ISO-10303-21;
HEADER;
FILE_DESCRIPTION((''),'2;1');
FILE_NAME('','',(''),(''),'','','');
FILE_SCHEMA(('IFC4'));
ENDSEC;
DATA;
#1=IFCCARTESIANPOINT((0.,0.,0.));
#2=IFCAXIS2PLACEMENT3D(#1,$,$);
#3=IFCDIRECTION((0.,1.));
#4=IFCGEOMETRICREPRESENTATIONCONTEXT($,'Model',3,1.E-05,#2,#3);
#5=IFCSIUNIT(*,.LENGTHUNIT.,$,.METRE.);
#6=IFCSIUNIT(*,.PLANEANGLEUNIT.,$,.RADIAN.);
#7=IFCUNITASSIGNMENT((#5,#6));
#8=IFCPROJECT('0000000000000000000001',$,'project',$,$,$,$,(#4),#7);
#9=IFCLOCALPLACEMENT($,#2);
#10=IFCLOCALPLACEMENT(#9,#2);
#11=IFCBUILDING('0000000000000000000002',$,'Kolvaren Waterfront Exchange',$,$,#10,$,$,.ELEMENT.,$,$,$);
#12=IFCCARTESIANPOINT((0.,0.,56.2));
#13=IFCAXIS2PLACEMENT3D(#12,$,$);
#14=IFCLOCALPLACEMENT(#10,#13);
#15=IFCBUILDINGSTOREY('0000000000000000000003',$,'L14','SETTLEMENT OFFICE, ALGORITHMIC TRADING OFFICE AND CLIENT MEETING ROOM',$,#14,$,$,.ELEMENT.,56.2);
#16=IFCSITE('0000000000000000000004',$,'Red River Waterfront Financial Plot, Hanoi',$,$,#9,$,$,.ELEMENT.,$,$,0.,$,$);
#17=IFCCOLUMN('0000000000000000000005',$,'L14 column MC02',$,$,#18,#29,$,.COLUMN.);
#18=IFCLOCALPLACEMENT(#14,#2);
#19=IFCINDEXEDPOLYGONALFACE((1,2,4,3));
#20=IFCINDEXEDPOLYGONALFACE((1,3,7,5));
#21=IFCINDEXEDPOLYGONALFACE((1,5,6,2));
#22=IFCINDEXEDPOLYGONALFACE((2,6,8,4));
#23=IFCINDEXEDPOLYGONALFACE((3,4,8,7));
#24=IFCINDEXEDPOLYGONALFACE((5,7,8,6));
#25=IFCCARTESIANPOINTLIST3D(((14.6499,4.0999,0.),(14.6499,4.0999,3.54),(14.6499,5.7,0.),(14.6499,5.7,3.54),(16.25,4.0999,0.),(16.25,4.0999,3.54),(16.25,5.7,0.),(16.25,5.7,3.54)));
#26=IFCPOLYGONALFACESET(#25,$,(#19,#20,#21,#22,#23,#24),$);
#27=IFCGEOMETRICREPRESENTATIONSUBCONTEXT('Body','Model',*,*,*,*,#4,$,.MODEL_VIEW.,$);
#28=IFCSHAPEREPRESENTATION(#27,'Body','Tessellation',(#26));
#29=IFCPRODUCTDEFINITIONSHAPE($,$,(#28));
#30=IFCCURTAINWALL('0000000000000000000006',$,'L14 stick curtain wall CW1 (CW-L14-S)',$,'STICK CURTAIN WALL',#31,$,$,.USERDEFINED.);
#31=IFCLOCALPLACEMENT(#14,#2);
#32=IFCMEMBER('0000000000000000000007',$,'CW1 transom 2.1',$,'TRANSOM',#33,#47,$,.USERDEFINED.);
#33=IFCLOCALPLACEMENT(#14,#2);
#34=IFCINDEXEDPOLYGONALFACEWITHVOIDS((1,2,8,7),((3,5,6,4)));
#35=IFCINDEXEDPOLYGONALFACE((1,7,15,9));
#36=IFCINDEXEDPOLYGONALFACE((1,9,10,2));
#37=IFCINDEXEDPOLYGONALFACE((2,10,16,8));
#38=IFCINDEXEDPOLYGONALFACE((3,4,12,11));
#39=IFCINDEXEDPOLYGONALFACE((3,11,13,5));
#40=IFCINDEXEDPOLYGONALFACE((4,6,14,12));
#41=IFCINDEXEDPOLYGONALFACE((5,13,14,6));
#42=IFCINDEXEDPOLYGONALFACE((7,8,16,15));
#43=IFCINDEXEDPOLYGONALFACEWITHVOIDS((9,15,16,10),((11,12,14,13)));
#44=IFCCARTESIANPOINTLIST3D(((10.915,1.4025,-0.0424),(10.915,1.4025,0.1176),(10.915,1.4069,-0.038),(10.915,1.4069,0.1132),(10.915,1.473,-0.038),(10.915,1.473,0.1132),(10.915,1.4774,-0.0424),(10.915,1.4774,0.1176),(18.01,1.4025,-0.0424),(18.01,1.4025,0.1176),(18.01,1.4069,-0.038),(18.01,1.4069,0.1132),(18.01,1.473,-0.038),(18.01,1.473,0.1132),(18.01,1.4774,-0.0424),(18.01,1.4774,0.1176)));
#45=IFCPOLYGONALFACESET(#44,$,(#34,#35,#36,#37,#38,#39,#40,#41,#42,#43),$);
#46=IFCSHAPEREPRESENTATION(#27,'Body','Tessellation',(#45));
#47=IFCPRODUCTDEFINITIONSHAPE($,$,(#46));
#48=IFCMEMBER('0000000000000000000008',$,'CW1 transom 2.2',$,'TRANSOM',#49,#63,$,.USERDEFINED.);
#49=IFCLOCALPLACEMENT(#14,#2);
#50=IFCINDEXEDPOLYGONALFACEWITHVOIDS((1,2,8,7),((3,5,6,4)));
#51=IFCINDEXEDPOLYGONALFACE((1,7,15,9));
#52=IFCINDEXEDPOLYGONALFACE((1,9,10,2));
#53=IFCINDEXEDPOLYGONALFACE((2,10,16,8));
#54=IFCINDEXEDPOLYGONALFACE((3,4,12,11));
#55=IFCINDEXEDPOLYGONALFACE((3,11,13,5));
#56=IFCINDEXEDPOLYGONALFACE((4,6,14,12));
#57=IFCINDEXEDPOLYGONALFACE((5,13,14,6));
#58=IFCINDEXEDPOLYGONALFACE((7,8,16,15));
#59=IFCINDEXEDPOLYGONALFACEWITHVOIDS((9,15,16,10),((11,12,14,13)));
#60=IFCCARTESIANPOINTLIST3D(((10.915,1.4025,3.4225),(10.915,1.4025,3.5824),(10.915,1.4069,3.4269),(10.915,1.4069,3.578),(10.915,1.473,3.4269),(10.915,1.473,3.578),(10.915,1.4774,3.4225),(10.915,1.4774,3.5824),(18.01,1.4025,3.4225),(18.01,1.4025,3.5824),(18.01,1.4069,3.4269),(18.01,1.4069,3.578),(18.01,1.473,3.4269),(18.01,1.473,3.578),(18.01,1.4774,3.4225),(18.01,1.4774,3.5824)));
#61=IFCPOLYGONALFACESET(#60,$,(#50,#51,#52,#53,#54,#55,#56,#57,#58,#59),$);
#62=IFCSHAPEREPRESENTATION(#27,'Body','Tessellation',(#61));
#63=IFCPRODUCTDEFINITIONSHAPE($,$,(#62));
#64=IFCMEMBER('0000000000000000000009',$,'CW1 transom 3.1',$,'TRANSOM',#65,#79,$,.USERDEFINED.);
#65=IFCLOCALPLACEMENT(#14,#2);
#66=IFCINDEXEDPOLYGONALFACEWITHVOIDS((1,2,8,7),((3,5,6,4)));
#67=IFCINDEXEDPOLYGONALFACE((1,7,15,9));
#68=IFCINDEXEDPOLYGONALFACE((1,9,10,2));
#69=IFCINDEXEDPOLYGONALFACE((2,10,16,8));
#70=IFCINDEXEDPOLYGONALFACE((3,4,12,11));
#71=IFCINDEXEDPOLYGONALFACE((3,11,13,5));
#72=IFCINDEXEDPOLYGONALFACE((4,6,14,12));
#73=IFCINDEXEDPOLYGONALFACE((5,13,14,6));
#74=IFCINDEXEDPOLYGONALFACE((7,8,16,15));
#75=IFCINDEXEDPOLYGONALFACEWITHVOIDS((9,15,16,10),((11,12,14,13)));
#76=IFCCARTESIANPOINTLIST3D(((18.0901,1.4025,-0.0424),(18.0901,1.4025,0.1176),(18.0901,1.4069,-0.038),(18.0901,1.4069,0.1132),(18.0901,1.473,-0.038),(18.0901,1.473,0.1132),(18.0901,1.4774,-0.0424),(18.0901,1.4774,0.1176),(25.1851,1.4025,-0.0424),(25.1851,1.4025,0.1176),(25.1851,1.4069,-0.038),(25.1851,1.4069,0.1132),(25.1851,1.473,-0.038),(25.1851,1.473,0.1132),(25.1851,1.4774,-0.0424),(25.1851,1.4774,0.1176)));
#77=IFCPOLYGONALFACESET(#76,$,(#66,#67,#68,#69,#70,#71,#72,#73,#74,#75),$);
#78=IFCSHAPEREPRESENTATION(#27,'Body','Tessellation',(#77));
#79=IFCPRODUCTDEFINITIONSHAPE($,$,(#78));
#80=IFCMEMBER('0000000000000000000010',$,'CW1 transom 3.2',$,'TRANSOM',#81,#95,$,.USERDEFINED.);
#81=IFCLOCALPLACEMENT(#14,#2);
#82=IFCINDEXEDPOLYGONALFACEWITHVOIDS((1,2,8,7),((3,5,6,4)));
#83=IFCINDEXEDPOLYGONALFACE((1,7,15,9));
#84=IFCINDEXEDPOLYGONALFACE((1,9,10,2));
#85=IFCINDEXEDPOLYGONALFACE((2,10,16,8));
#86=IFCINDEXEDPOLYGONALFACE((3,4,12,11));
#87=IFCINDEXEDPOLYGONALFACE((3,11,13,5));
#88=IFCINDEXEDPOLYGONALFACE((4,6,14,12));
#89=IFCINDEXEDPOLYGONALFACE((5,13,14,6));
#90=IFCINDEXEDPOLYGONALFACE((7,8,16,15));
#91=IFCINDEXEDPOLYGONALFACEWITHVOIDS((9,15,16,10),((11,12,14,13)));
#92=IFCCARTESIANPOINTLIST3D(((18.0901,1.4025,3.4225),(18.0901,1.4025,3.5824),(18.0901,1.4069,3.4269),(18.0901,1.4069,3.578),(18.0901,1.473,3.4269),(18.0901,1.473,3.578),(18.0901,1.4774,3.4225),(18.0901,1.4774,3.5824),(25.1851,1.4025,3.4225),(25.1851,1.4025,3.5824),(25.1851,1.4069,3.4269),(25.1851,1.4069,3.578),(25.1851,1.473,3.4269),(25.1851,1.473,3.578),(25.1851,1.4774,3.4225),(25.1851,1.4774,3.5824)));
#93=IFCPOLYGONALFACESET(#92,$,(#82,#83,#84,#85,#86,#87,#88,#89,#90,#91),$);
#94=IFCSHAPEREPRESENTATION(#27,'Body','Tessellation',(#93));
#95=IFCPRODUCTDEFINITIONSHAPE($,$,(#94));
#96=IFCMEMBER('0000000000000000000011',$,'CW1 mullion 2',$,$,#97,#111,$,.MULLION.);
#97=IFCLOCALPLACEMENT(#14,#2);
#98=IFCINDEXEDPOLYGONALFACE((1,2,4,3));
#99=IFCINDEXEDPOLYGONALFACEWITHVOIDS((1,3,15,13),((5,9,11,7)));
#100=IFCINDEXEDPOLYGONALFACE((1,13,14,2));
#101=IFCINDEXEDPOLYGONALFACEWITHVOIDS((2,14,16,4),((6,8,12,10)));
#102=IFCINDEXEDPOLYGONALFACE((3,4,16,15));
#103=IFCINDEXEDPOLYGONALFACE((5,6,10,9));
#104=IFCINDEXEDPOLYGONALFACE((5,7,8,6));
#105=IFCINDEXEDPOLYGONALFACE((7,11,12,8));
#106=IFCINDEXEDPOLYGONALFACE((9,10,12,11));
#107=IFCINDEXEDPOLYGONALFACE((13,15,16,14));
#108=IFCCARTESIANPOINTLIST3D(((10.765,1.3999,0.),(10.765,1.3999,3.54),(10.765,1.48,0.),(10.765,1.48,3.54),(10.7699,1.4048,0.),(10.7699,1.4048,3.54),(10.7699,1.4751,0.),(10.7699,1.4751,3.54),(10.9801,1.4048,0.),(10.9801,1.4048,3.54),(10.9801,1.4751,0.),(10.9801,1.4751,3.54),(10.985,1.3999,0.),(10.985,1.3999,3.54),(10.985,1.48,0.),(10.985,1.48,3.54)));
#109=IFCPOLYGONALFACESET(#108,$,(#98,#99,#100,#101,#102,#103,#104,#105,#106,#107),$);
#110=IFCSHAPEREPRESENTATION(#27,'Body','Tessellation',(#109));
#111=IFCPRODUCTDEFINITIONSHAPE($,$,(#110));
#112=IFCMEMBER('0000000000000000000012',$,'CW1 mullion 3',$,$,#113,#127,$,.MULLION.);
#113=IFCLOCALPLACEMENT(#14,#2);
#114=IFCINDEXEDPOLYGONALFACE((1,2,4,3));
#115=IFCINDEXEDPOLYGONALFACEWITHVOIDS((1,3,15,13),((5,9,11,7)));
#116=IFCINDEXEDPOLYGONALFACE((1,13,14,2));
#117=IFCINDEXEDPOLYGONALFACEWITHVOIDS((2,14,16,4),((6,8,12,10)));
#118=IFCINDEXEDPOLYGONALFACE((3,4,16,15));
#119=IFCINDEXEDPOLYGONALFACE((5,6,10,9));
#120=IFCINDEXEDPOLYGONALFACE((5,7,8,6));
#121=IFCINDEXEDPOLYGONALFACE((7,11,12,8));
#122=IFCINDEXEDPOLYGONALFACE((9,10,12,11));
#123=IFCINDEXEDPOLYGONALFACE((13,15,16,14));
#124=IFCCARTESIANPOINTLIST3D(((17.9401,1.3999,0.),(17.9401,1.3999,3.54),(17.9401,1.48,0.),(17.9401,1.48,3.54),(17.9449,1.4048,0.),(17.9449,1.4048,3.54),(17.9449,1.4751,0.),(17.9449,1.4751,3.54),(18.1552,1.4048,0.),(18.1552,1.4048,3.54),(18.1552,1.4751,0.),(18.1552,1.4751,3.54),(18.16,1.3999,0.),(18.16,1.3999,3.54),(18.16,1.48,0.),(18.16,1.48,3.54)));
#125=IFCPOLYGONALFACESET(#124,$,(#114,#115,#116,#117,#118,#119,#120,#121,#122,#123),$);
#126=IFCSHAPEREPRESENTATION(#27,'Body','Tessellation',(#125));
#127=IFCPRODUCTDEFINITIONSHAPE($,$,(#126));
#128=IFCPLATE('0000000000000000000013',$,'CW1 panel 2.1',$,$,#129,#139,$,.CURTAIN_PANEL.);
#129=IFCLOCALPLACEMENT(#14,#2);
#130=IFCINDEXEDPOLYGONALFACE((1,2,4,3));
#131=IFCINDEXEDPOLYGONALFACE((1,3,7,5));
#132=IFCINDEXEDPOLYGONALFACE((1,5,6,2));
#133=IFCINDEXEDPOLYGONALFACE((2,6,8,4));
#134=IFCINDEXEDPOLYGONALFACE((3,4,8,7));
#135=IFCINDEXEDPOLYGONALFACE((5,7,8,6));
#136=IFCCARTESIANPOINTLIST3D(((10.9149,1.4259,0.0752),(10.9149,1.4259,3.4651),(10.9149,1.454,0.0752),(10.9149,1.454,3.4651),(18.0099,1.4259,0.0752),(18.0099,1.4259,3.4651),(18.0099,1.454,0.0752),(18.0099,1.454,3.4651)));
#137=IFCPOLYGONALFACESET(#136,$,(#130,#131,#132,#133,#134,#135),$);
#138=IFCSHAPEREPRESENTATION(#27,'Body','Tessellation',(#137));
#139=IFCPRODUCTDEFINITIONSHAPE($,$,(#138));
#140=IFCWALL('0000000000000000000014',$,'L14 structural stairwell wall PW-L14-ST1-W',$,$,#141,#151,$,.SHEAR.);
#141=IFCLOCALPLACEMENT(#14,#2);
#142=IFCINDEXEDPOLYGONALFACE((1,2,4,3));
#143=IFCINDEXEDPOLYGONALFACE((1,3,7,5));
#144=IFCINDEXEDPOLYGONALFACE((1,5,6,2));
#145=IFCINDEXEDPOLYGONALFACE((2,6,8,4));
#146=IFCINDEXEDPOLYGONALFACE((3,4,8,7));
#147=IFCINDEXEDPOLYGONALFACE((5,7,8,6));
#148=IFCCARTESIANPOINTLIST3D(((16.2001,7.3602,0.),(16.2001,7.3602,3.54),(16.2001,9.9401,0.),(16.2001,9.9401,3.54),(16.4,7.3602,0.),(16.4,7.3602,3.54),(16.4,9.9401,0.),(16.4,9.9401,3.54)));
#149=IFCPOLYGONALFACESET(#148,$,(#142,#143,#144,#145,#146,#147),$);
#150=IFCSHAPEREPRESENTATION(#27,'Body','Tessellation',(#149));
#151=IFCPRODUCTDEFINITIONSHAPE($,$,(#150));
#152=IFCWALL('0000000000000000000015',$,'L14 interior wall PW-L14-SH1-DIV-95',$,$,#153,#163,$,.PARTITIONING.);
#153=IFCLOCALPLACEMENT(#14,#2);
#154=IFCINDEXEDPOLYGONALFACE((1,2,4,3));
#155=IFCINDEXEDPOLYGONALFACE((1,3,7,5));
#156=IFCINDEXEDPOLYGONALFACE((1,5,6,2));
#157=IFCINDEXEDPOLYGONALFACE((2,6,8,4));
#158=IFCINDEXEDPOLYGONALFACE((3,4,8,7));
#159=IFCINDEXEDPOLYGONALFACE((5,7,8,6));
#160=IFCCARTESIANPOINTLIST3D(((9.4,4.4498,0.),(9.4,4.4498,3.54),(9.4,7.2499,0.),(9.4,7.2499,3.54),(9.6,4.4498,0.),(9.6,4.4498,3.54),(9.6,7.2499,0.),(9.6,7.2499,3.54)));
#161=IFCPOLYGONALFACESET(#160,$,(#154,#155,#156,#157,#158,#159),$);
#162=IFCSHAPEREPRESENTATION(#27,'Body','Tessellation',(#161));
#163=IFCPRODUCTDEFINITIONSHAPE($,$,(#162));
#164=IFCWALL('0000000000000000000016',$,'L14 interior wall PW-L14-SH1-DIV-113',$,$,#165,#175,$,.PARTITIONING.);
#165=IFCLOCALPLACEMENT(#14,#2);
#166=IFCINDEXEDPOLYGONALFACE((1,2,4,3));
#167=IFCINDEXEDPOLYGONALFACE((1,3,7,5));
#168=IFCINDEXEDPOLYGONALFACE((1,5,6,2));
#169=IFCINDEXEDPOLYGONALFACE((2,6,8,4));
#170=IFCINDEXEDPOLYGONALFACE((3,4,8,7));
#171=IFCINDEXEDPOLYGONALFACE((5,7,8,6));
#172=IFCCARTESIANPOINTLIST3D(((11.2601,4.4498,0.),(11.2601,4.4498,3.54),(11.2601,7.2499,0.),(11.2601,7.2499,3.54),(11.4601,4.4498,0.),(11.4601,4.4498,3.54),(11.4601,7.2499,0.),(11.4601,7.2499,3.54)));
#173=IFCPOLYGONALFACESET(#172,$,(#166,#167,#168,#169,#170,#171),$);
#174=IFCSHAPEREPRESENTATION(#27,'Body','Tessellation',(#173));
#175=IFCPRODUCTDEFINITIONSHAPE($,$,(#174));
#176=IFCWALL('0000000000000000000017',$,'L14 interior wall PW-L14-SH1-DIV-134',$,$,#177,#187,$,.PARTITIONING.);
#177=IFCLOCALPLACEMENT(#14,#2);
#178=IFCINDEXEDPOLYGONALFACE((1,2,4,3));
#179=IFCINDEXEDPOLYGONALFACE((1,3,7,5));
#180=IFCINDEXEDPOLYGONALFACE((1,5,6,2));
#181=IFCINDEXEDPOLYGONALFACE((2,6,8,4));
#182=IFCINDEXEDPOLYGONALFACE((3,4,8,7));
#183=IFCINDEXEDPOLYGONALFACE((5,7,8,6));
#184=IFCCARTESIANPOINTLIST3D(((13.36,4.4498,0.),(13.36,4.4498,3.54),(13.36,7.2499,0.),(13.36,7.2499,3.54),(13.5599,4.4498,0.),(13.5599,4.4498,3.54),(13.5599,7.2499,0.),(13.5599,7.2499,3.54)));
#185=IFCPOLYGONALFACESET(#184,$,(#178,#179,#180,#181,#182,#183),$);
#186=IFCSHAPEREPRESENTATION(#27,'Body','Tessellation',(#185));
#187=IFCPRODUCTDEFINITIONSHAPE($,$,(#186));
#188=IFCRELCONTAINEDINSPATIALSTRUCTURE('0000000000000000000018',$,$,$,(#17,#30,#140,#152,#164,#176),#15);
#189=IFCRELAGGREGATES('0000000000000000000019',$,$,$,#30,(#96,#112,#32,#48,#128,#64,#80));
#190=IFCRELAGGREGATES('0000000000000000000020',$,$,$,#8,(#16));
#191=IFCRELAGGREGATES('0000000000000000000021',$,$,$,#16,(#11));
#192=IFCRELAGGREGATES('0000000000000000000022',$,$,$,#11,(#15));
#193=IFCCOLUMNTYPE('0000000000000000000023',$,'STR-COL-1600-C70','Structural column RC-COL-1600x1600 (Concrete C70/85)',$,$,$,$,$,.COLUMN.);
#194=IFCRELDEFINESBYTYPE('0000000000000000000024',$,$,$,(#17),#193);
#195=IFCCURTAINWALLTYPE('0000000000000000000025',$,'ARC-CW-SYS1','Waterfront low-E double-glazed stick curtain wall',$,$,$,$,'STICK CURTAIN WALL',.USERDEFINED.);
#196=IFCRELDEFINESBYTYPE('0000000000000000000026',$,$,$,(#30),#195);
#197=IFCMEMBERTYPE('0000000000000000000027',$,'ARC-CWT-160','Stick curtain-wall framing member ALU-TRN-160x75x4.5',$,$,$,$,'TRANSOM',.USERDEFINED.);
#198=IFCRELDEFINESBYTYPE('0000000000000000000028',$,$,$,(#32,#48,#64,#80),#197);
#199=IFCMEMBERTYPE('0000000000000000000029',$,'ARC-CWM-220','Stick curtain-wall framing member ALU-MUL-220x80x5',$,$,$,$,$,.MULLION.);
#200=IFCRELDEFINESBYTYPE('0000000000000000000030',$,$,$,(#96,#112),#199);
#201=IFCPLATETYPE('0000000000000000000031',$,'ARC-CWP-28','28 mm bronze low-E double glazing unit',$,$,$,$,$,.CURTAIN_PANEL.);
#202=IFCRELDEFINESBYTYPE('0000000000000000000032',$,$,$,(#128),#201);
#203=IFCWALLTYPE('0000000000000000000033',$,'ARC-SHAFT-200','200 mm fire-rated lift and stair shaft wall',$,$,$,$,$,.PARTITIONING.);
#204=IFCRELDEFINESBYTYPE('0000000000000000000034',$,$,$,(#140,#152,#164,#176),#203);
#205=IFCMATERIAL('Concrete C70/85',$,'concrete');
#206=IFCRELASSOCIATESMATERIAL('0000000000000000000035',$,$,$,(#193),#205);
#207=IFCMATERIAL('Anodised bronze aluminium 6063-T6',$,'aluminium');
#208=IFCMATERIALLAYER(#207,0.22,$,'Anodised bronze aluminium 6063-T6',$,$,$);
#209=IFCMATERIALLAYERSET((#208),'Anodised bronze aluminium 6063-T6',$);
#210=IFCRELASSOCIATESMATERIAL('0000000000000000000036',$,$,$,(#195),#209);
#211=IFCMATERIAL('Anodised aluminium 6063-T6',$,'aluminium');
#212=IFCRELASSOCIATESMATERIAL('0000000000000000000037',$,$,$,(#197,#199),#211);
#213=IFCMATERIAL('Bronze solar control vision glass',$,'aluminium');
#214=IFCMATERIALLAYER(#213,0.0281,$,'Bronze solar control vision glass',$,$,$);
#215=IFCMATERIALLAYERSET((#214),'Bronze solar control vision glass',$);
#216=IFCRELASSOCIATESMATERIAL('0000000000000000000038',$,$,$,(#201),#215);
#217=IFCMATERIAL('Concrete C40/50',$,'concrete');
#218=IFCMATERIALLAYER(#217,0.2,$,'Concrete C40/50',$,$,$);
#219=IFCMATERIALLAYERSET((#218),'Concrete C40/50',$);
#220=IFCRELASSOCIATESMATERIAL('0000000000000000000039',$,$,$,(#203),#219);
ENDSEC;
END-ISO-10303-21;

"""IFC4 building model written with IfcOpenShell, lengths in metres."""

from ifc_helpers import new_model, si_unit, direction, frame, frame_2d, origin, origin_with_axes, origin_2d, place, context, subcontext, project, spatial, rectangle, hollow_rectangle, extrude, source, transform, mapped, material, layer, layer_set, material_profile, profile_set, type_object, element, aggregate, save


model = new_model("IFC4")

# Units and contexts
model_context = context("Model", 3, precision=1e-05, world=origin(), true_north=direction((0.0, 1.0)))
body_context = subcontext(model_context, "Body", "Model", "MODEL_VIEW")
ifc_project = project(units=[si_unit("LENGTHUNIT", "METRE"), si_unit("PLANEANGLEUNIT", "RADIAN")], contexts=[model_context])

# Site, building, storey
site_placement = place(None, origin())
site = spatial("IfcSite", under=ifc_project, at=site_placement, Name="Red River Waterfront Financial Plot, Hanoi", CompositionType="ELEMENT", RefElevation=0.0)
building_placement = place(site_placement, origin())
building = spatial("IfcBuilding", under=site, at=building_placement, Name="Kolvaren Waterfront Exchange", CompositionType="ELEMENT")
storey_placement = place(building_placement, frame((0.0, 0.0, 56.2)))
storey = spatial("IfcBuildingStorey", under=building, at=storey_placement, Name="L14", Description="SETTLEMENT OFFICE, ALGORITHMIC TRADING OFFICE AND CLIENT MEETING ROOM", CompositionType="ELEMENT", Elevation=56.2)

# Column
ifc_material_1 = material(Name="Concrete C70/85", Category="concrete")
ifc_material_profile_1 = material_profile(ifc_material_1, rectangle(XDim=1.6001, YDim=1.6001, at=origin_2d()), Name="RC-COL-1600x1600")
ifc_profile_set_1 = profile_set([ifc_material_profile_1], Name="Concrete C70/85")
column_type = type_object("IfcColumnType", Name="STR-COL-1600-C70", Description="Structural column RC-COL-1600x1600 (Concrete C70/85)", PredefinedType="COLUMN", material=ifc_profile_set_1)
column_placement = place(storey_placement, frame((15.45, 4.8999, 0.0), z_axis=(0.0, 0.0, 1.0), x_axis=(1.0, 0.0, 0.0)))
element("IfcColumn", 1, at=column_placement, inside=storey, type_object=column_type, Name="L14 column MC02", PredefinedType="COLUMN", context=body_context, shape_type="SweptSolid", body=[
    extrude(rectangle(XDim=1.6001, YDim=1.6001, at=origin_2d()), origin(), (0.0, 0.0, 1.0), 3.54),
])

# Curtain wall, members, plate
ifc_material_2 = material(Name="Anodised bronze aluminium 6063-T6", Category="aluminium")
ifc_layer_1 = layer(ifc_material_2, 0.22, Name="Anodised bronze aluminium 6063-T6")
ifc_layer_set_1 = layer_set([ifc_layer_1], Name="Anodised bronze aluminium 6063-T6")
curtain_wall_type = type_object("IfcCurtainWallType", Name="ARC-CW-SYS1", Description="Waterfront low-E double-glazed stick curtain wall", ElementType="STICK CURTAIN WALL", PredefinedType="USERDEFINED", material=ifc_layer_set_1)
curtain_wall_placement = place(storey_placement, origin())
curtain_wall = element("IfcCurtainWall", 2, at=curtain_wall_placement, inside=storey, type_object=curtain_wall_type, Name="L14 stick curtain wall CW1 (CW-L14-S)", ObjectType="STICK CURTAIN WALL", PredefinedType="USERDEFINED")
ifc_material_3 = material(Name="Anodised aluminium 6063-T6", Category="aluminium")
ifc_material_profile_2 = material_profile(ifc_material_3, hollow_rectangle(XDim=0.075, YDim=0.1599, WallThickness=0.0044, at=origin_2d()), Name="ALU-TRN-160x75x4.5")
ifc_profile_set_2 = profile_set([ifc_material_profile_2], Name="Anodised aluminium 6063-T6")
member_type_1 = type_object("IfcMemberType", Name="ARC-CWT-160", Description="Stick curtain-wall framing member ALU-TRN-160x75x4.5", ElementType="TRANSOM", PredefinedType="USERDEFINED", material=ifc_profile_set_2)
shared_shape_1 = source(origin_with_axes(), body_context, "Body", "SweptSolid", [
    extrude(hollow_rectangle(XDim=0.075, YDim=0.1599, WallThickness=0.0044, at=origin_2d()), origin(), (0.0, 0.0, 1.0), 7.095),
])
member_1_placement = place(storey_placement, frame((10.915, 1.4399, 0.0376), z_axis=(1.0, 0.0, 0.0), x_axis=(0.0, 1.0, 0.0)))
member_1 = element("IfcMember", 3, at=member_1_placement, type_object=member_type_1, Name="CW1 transom 2.1", ObjectType="TRANSOM", PredefinedType="USERDEFINED", context=body_context, shape_type="MappedRepresentation", body=[
    mapped(shared_shape_1, transform((0.0, 0.0, 0.0), x_axis=(1.0, 0.0, 0.0), y_axis=(0.0, 1.0, 0.0), z_axis=(0.0, 0.0, 1.0), scale=1.0)),
])
member_2_placement = place(storey_placement, frame((10.915, 1.4399, 3.5024), z_axis=(1.0, 0.0, 0.0), x_axis=(0.0, 1.0, 0.0)))
member_2 = element("IfcMember", 4, at=member_2_placement, type_object=member_type_1, Name="CW1 transom 2.2", ObjectType="TRANSOM", PredefinedType="USERDEFINED", context=body_context, shape_type="MappedRepresentation", body=[
    mapped(shared_shape_1, transform((0.0, 0.0, 0.0), x_axis=(1.0, 0.0, 0.0), y_axis=(0.0, 1.0, 0.0), z_axis=(0.0, 0.0, 1.0), scale=1.0)),
])
member_3_placement = place(storey_placement, frame((18.0901, 1.4399, 0.0376), z_axis=(1.0, 0.0, 0.0), x_axis=(0.0, 1.0, 0.0)))
member_3 = element("IfcMember", 5, at=member_3_placement, type_object=member_type_1, Name="CW1 transom 3.1", ObjectType="TRANSOM", PredefinedType="USERDEFINED", context=body_context, shape_type="MappedRepresentation", body=[
    mapped(shared_shape_1, transform((0.0, 0.0, 0.0), x_axis=(1.0, 0.0, 0.0), y_axis=(0.0, 1.0, 0.0), z_axis=(0.0, 0.0, 1.0), scale=1.0)),
])
member_4_placement = place(storey_placement, frame((18.0901, 1.4399, 3.5024), z_axis=(1.0, 0.0, 0.0), x_axis=(0.0, 1.0, 0.0)))
member_4 = element("IfcMember", 6, at=member_4_placement, type_object=member_type_1, Name="CW1 transom 3.2", ObjectType="TRANSOM", PredefinedType="USERDEFINED", context=body_context, shape_type="MappedRepresentation", body=[
    mapped(shared_shape_1, transform((0.0, 0.0, 0.0), x_axis=(1.0, 0.0, 0.0), y_axis=(0.0, 1.0, 0.0), z_axis=(0.0, 0.0, 1.0), scale=1.0)),
])
ifc_material_profile_3 = material_profile(ifc_material_3, hollow_rectangle(XDim=0.0801, YDim=0.22, WallThickness=0.0049, at=origin_2d()), Name="ALU-MUL-220x80x5")
ifc_profile_set_3 = profile_set([ifc_material_profile_3], Name="Anodised aluminium 6063-T6")
member_type_2 = type_object("IfcMemberType", Name="ARC-CWM-220", Description="Stick curtain-wall framing member ALU-MUL-220x80x5", PredefinedType="MULLION", material=ifc_profile_set_3)
shared_shape_2 = source(origin_with_axes(), body_context, "Body", "SweptSolid", [
    extrude(hollow_rectangle(XDim=0.0801, YDim=0.22, WallThickness=0.0049, at=origin_2d()), origin(), (0.0, 0.0, 1.0), 3.54),
])
member_5_placement = place(storey_placement, frame((10.875, 1.4399, 0.0), z_axis=(0.0, 0.0, 1.0), x_axis=(0.0, 1.0, 0.0)))
member_5 = element("IfcMember", 7, at=member_5_placement, type_object=member_type_2, Name="CW1 mullion 2", PredefinedType="MULLION", context=body_context, shape_type="MappedRepresentation", body=[
    mapped(shared_shape_2, transform((0.0, 0.0, 0.0), x_axis=(1.0, 0.0, 0.0), y_axis=(0.0, 1.0, 0.0), z_axis=(0.0, 0.0, 1.0), scale=1.0)),
])
member_6_placement = place(storey_placement, frame((18.05, 1.4399, 0.0), z_axis=(0.0, 0.0, 1.0), x_axis=(0.0, 1.0, 0.0)))
member_6 = element("IfcMember", 8, at=member_6_placement, type_object=member_type_2, Name="CW1 mullion 3", PredefinedType="MULLION", context=body_context, shape_type="MappedRepresentation", body=[
    mapped(shared_shape_2, transform((0.0, 0.0, 0.0), x_axis=(1.0, 0.0, 0.0), y_axis=(0.0, 1.0, 0.0), z_axis=(0.0, 0.0, 1.0), scale=1.0)),
])
ifc_material_4 = material(Name="Bronze solar control vision glass", Category="aluminium")
ifc_layer_2 = layer(ifc_material_4, 0.0281, Name="Bronze solar control vision glass")
ifc_layer_set_2 = layer_set([ifc_layer_2], Name="Bronze solar control vision glass")
plate_type = type_object("IfcPlateType", Name="ARC-CWP-28", Description="28 mm bronze low-E double glazing unit", PredefinedType="CURTAIN_PANEL", material=ifc_layer_set_2)
shared_shape_3 = source(origin_with_axes(), body_context, "Body", "SweptSolid", [
    extrude(rectangle(XDim=7.095, YDim=0.0281, at=origin_2d()), origin(), (0.0, 0.0, 1.0), 3.3899),
])
plate_placement = place(storey_placement, frame((14.4624, 1.4399, 0.0752), z_axis=(0.0, 0.0, 1.0), x_axis=(1.0, 0.0, 0.0)))
plate = element("IfcPlate", 9, at=plate_placement, type_object=plate_type, Name="CW1 panel 2.1", PredefinedType="CURTAIN_PANEL", context=body_context, shape_type="MappedRepresentation", body=[
    mapped(shared_shape_3, transform((0.0, 0.0, 0.0), x_axis=(1.0, 0.0, 0.0), y_axis=(0.0, 1.0, 0.0), z_axis=(0.0, 0.0, 1.0), scale=1.0)),
])
aggregate(curtain_wall, [member_5, member_6, member_1, member_2, plate, member_3, member_4])

# Walls
ifc_material_5 = material(Name="Concrete C40/50", Category="concrete")
ifc_layer_3 = layer(ifc_material_5, 0.2, Name="Concrete C40/50")
ifc_layer_set_3 = layer_set([ifc_layer_3], Name="Concrete C40/50")
wall_type_1 = type_object("IfcWallType", Name="ARC-SHAFT-200", Description="200 mm fire-rated lift and stair shaft wall", PredefinedType="PARTITIONING", material=ifc_layer_set_3)
wall_1_placement = place(storey_placement, frame((16.3, 7.3601, 0.0), z_axis=(0.0, 0.0, 1.0), x_axis=(0.0, 1.0, 0.0)))
element("IfcWall", 10, at=wall_1_placement, inside=storey, type_object=wall_type_1, Name="L14 structural stairwell wall PW-L14-ST1-W", PredefinedType="SHEAR", context=body_context, shape_type="SweptSolid", body=[
    extrude(rectangle(XDim=2.5798, YDim=0.2, at=frame_2d((1.29, 0.0))), origin(), (0.0, 0.0, 1.0), 3.54),
])
for number, where, z_axis, x_axis, name in (
    (11, (9.5, 4.45, 0.0), (0.0, 0.0, 1.0), (0.0, 1.0, 0.0), "L14 interior wall PW-L14-SH1-DIV-95"),
    (12, (11.3601, 4.45, 0.0), (0.0, 0.0, 1.0), (0.0, 1.0, 0.0), "L14 interior wall PW-L14-SH1-DIV-113"),
    (13, (13.46, 4.45, 0.0), (0.0, 0.0, 1.0), (0.0, 1.0, 0.0), "L14 interior wall PW-L14-SH1-DIV-134"),
):
    element("IfcWall", number, at=place(storey_placement, frame(where, z_axis=z_axis, x_axis=x_axis)), inside=storey, type_object=wall_type_1, Name=name, PredefinedType="PARTITIONING", context=body_context, shape_type="SweptSolid", body=[
        extrude(rectangle(XDim=2.8, YDim=0.2, at=frame_2d((1.3999, 0.0))), origin(), (0.0, 0.0, 1.0), 3.54),
    ])

save(model, "model.ifc")
